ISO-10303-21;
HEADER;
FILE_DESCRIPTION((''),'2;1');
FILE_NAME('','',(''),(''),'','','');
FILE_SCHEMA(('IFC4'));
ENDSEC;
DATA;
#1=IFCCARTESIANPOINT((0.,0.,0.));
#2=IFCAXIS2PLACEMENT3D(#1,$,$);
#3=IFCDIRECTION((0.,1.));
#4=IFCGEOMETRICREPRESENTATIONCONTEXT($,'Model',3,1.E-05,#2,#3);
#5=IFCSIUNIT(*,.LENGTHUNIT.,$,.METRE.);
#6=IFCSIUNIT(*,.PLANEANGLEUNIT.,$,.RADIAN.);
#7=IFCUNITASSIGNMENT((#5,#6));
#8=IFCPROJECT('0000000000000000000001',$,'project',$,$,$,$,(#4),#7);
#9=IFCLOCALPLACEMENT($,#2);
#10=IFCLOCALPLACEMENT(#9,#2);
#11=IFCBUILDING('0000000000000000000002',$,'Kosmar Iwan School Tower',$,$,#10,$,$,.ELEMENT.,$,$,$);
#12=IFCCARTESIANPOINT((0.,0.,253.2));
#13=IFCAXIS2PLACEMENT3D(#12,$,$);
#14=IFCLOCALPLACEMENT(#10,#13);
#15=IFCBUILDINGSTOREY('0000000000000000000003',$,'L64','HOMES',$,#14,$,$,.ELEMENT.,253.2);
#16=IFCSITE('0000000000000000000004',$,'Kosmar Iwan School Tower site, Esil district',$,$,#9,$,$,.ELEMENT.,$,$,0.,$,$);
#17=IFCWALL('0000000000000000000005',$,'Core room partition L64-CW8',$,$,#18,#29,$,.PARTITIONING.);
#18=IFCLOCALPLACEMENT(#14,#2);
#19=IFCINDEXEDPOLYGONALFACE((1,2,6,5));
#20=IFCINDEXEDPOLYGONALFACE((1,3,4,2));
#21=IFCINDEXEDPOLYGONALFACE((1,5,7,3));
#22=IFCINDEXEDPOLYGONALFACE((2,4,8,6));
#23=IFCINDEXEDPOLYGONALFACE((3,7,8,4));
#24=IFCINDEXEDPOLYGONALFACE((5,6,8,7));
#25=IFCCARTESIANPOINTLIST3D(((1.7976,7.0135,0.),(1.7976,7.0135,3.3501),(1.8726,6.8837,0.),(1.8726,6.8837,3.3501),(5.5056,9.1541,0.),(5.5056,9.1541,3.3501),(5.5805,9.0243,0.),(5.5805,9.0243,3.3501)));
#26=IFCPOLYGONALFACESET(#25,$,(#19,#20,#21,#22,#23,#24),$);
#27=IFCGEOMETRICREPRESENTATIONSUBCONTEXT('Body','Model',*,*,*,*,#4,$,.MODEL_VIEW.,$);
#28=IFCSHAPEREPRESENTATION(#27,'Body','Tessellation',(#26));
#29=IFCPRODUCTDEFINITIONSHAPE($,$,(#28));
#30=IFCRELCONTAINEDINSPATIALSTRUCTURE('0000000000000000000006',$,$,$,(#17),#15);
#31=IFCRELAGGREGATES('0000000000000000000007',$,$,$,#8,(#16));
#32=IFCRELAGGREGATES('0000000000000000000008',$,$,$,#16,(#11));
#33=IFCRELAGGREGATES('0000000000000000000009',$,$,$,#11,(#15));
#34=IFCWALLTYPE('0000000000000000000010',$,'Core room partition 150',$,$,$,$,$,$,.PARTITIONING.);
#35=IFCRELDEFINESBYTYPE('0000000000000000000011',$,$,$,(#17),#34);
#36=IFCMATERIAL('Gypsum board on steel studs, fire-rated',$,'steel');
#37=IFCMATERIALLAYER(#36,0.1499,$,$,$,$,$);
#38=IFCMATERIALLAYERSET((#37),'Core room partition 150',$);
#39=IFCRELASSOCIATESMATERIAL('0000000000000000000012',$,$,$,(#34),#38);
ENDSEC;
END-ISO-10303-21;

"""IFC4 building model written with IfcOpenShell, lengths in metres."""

from ifc_helpers import new_model, si_unit, direction, frame, frame_2d, origin, place, context, subcontext, project, spatial, rectangle, extrude, material, layer, layer_set, type_object, element, save


model = new_model("IFC4")

# Units and contexts
model_context = context("Model", 3, precision=1e-05, world=origin(), true_north=direction((0.0, 1.0)))
body_context = subcontext(model_context, "Body", "Model", "MODEL_VIEW")
ifc_project = project(units=[si_unit("LENGTHUNIT", "METRE"), si_unit("PLANEANGLEUNIT", "RADIAN")], contexts=[model_context])

# Site, building, storey
site_placement = place(None, origin())
site = spatial("IfcSite", under=ifc_project, at=site_placement, Name="Kosmar Iwan School Tower site, Esil district", CompositionType="ELEMENT", RefElevation=0.0)
building_placement = place(site_placement, origin())
building = spatial("IfcBuilding", under=site, at=building_placement, Name="Kosmar Iwan School Tower", CompositionType="ELEMENT")
storey_placement = place(building_placement, frame((0.0, 0.0, 253.2)))
storey = spatial("IfcBuildingStorey", under=building, at=storey_placement, Name="L64", Description="HOMES", CompositionType="ELEMENT", Elevation=253.2)

# Wall
ifc_material_1 = material(Name="Gypsum board on steel studs, fire-rated", Category="steel")
ifc_layer_1 = layer(ifc_material_1, 0.1499)
ifc_layer_set_1 = layer_set([ifc_layer_1], Name="Core room partition 150")
wall_type_1 = type_object("IfcWallType", Name="Core room partition 150", PredefinedType="PARTITIONING", material=ifc_layer_set_1)
wall_1_placement = place(storey_placement, frame((5.543, 9.0891, 0.0), z_axis=(0.0, 0.0, 1.0), x_axis=(-0.866045, -0.499966, 0.0)))
element("IfcWall", 1, at=wall_1_placement, inside=storey, type_object=wall_type_1, Name="Core room partition L64-CW8", PredefinedType="PARTITIONING", context=body_context, shape_type="SweptSolid", body=[
    extrude(rectangle(XDim=4.2815, YDim=0.1499, at=frame_2d((2.1406, 0.0))), origin(), (0.0, 0.0, 1.0), 3.3501),
])

save(model, "model.ifc")
